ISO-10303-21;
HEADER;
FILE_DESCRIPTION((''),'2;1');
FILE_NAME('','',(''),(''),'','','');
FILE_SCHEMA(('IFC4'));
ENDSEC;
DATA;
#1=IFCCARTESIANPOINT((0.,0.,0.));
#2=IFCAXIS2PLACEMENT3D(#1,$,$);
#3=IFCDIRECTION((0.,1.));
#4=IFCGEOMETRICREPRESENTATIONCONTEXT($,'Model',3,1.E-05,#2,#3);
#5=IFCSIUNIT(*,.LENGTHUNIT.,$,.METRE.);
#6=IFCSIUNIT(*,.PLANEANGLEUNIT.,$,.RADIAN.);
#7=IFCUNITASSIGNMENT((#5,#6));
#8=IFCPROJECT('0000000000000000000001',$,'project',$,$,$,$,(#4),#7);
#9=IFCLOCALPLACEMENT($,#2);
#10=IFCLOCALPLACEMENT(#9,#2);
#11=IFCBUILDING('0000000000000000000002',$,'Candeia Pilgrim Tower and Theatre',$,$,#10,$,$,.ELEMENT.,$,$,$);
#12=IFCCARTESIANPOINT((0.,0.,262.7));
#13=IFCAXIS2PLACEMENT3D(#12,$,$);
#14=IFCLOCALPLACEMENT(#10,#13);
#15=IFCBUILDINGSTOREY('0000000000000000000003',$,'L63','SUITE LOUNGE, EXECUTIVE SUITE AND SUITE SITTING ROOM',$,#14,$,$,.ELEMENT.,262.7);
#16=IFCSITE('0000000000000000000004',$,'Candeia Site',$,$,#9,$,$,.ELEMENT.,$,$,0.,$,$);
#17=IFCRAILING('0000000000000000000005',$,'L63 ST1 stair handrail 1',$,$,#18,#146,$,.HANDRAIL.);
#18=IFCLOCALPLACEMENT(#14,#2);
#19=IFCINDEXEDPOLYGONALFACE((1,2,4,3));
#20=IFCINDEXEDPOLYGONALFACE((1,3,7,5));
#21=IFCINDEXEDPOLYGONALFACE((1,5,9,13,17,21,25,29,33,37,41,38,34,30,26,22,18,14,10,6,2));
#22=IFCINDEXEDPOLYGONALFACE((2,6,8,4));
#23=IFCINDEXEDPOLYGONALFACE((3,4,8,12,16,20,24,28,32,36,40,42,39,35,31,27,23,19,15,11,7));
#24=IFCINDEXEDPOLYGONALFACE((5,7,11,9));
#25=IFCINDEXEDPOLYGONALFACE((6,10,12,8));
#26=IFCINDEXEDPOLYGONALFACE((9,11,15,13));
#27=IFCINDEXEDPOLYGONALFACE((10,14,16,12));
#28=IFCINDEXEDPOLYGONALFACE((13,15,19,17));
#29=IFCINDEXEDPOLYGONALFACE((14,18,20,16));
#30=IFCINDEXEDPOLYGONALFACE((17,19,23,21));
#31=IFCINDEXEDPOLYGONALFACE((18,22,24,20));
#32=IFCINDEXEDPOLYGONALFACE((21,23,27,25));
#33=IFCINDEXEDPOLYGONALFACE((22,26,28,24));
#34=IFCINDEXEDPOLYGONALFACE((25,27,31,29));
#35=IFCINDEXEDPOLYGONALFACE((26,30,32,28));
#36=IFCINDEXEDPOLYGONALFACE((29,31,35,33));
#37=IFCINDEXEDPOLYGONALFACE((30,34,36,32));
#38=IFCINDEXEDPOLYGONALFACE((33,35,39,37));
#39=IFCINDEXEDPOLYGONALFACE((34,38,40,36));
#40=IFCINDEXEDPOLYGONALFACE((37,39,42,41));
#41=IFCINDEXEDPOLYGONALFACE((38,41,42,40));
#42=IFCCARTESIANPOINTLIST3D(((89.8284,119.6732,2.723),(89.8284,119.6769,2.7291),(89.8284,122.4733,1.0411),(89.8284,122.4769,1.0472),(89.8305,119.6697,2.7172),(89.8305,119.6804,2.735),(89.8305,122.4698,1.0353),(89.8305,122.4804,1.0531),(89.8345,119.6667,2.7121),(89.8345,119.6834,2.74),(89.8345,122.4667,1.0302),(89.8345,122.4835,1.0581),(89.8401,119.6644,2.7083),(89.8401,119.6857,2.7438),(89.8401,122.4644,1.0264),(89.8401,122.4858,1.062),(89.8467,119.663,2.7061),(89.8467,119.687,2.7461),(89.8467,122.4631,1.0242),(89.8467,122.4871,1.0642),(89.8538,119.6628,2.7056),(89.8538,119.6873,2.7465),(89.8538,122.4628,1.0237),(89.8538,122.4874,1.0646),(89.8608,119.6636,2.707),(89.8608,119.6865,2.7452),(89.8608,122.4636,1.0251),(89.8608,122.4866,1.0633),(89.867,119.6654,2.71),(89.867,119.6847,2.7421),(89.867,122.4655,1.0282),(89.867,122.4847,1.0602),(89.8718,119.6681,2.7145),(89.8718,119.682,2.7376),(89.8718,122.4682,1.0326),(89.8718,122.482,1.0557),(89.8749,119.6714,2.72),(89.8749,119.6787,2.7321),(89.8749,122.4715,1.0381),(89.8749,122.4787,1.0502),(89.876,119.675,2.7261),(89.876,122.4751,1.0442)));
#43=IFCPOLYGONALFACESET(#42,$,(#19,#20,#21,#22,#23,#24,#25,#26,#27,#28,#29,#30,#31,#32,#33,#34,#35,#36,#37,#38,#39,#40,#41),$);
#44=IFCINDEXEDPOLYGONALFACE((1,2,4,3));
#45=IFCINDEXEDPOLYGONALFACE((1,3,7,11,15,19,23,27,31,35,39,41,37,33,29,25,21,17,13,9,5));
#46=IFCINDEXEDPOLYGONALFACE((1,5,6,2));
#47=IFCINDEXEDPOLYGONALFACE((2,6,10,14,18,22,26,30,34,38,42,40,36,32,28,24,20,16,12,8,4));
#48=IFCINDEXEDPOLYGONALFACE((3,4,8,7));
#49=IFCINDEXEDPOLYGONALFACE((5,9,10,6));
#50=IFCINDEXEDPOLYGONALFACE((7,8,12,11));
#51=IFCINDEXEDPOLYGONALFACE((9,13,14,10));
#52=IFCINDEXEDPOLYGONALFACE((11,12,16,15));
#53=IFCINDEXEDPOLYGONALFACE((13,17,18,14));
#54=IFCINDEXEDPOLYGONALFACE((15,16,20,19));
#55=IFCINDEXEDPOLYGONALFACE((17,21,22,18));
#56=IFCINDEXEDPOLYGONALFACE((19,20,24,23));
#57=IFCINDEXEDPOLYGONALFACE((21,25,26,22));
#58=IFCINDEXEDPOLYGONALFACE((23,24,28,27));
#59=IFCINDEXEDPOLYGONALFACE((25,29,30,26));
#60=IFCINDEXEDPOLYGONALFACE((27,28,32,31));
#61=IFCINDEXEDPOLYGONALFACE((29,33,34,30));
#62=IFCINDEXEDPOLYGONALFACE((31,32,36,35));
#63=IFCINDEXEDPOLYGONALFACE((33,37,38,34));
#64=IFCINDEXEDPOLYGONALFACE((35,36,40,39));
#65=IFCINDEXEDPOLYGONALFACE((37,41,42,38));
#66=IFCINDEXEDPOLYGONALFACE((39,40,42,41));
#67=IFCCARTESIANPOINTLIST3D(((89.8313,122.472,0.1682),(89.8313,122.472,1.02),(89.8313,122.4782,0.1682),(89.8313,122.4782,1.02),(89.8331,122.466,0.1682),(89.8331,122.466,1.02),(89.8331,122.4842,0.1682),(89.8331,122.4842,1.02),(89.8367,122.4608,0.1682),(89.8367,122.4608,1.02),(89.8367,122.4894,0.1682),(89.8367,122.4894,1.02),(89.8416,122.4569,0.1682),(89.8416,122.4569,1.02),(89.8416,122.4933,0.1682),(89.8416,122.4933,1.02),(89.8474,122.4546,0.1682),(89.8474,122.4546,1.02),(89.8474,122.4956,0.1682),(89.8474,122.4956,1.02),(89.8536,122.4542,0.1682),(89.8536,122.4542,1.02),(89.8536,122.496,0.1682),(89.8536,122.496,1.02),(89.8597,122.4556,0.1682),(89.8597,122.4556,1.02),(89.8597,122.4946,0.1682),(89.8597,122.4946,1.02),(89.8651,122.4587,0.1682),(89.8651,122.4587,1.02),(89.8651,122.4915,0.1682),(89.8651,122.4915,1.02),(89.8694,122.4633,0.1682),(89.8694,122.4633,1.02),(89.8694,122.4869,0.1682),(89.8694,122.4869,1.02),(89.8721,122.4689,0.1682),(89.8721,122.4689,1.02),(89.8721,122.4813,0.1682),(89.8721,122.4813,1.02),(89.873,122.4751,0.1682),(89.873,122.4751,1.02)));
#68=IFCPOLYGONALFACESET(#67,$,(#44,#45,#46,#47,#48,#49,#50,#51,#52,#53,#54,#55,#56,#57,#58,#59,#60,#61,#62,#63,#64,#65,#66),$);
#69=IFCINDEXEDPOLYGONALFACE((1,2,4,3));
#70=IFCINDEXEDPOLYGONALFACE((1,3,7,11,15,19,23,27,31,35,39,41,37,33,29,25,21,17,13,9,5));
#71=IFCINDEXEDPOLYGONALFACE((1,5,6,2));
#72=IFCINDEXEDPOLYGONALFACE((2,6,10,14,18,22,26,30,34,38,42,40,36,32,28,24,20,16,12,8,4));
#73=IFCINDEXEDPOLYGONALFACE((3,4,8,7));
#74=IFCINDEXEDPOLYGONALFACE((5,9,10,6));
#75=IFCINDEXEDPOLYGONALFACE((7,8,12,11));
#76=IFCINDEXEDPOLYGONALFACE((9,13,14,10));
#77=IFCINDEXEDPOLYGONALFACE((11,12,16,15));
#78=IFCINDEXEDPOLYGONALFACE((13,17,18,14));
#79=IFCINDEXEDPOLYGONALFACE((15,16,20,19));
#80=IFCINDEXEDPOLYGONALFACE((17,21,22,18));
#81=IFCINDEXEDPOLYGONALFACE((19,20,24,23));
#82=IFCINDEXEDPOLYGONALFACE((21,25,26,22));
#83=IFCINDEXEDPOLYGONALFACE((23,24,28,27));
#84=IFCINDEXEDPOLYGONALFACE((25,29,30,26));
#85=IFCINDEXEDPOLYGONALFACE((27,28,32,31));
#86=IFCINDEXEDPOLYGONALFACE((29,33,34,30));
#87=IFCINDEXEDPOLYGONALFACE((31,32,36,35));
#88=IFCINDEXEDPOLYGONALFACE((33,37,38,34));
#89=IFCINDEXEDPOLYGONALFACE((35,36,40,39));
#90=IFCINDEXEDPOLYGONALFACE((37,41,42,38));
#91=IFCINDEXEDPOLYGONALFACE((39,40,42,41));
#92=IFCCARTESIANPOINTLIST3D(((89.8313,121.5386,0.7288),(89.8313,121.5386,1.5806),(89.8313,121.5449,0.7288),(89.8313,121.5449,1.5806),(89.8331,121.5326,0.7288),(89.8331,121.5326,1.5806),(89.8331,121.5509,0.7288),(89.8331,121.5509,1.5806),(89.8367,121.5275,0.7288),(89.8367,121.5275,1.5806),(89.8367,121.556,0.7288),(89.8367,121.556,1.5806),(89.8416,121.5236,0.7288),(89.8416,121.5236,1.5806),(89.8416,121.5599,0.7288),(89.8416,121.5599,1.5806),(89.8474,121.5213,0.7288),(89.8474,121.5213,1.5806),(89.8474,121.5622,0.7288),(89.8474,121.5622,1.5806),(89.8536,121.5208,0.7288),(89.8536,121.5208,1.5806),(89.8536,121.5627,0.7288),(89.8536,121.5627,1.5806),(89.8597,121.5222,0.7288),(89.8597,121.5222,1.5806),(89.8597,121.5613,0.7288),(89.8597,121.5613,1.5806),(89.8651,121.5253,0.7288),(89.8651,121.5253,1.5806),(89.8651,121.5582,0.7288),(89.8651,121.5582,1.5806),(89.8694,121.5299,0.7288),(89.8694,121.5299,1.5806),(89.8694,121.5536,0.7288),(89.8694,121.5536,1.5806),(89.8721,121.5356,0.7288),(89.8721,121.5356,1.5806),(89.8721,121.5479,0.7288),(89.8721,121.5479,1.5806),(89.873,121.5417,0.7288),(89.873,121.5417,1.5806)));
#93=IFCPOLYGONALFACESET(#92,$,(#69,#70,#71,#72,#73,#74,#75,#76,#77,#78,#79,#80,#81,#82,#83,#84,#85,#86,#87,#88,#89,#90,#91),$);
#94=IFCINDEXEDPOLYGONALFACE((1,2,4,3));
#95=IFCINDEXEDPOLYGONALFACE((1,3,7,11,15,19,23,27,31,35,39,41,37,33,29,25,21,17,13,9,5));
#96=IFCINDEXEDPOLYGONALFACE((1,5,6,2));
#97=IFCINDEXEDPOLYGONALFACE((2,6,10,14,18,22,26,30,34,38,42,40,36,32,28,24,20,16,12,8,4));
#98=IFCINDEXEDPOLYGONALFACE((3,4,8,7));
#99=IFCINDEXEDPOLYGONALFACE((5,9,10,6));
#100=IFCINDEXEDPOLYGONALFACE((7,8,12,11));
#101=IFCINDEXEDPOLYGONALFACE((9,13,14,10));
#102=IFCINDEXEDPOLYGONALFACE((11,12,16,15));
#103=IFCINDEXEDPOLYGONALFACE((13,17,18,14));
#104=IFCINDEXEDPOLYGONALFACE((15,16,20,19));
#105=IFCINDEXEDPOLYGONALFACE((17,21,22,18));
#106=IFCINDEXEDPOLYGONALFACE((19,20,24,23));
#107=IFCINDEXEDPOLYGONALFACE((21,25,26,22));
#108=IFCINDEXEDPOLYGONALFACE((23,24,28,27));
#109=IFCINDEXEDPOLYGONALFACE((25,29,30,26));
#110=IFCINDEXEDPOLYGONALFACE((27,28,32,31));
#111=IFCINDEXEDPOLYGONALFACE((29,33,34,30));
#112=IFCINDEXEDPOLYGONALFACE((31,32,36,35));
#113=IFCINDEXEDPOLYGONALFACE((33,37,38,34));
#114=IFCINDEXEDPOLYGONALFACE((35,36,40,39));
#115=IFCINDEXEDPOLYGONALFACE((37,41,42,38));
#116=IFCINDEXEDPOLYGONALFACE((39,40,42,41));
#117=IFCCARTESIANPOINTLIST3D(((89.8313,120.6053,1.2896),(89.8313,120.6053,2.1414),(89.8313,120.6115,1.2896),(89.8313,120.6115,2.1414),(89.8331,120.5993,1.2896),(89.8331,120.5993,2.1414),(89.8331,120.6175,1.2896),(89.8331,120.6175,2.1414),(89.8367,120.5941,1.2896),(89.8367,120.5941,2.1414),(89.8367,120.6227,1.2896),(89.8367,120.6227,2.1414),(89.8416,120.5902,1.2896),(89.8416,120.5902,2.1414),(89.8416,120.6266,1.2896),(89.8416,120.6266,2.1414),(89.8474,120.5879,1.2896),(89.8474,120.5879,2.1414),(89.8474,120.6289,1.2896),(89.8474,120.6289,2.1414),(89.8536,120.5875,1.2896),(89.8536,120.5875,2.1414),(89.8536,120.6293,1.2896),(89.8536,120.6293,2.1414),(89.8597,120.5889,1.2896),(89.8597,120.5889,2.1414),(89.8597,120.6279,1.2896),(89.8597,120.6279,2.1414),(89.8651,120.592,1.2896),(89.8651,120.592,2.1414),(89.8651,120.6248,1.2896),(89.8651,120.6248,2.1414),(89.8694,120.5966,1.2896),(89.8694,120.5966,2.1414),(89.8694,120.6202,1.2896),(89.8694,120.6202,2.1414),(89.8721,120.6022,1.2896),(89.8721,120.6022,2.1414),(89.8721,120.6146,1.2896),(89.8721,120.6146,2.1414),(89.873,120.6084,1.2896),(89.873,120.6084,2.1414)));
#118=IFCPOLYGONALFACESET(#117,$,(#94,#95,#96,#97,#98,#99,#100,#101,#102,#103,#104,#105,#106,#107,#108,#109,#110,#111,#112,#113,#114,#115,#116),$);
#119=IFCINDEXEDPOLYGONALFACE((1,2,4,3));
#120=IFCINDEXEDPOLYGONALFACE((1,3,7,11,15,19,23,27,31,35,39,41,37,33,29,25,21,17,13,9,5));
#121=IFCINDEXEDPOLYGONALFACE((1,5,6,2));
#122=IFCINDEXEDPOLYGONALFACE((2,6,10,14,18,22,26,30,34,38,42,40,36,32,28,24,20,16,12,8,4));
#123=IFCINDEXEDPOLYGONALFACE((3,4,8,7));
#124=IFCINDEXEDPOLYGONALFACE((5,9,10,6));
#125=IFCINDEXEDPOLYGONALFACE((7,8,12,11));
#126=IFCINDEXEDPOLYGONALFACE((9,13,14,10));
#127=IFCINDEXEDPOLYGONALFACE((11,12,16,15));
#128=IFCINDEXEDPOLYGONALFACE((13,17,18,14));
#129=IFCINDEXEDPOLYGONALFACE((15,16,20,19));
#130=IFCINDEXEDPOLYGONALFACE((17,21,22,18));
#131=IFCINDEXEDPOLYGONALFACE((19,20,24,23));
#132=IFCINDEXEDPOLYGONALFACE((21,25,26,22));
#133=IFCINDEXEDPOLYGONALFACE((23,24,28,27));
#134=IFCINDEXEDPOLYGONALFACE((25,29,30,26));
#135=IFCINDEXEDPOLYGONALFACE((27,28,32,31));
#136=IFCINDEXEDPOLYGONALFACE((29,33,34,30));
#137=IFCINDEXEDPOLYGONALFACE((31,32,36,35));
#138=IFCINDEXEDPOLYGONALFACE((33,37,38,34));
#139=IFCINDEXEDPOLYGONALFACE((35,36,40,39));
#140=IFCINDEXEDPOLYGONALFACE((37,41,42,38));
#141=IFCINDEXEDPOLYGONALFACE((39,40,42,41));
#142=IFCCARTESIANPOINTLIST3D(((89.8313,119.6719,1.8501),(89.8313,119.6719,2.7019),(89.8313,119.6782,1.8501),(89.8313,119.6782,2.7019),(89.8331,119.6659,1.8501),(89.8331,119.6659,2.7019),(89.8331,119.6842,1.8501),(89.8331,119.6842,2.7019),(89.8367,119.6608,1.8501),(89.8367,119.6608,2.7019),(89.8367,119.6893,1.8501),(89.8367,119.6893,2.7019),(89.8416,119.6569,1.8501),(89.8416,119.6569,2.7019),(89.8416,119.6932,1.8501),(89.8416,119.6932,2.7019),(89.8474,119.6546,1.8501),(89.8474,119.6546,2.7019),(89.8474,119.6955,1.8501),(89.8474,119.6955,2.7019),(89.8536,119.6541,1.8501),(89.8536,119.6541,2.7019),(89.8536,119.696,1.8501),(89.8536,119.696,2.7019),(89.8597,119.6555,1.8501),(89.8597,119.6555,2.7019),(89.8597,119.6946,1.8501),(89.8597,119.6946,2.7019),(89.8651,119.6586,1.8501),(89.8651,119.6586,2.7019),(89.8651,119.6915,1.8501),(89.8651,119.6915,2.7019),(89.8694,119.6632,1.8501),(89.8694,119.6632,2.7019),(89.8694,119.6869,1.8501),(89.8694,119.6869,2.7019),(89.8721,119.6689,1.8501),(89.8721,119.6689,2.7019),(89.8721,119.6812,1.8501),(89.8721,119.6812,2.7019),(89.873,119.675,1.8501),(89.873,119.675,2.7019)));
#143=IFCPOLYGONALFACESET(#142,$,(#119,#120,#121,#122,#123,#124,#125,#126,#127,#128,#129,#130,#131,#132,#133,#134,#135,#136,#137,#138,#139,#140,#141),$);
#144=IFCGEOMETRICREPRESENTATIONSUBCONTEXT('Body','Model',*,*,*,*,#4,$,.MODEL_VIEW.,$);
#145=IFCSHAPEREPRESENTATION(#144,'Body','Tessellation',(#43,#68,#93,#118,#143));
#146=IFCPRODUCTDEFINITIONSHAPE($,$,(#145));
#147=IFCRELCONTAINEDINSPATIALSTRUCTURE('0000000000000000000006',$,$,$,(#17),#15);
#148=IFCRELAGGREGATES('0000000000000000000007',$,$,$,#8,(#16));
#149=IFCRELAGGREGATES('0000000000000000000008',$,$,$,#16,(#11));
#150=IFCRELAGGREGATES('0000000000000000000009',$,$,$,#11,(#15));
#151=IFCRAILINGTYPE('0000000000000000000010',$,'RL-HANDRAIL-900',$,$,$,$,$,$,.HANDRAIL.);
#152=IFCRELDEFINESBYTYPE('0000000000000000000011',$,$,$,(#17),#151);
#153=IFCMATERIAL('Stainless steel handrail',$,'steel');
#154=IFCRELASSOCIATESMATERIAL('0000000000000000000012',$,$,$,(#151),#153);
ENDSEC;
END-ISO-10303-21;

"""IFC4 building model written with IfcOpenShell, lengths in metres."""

from ifc_helpers import new_model, si_unit, direction, frame, origin, origin_2d, place, context, subcontext, project, spatial, circle, extrude, material, type_object, element, save


model = new_model("IFC4")

# Units and contexts
model_context = context("Model", 3, precision=1e-05, world=origin(), true_north=direction((0.0, 1.0)))
body_context = subcontext(model_context, "Body", "Model", "MODEL_VIEW")
ifc_project = project(units=[si_unit("LENGTHUNIT", "METRE"), si_unit("PLANEANGLEUNIT", "RADIAN")], contexts=[model_context])

# Site, building, storey
site_placement = place(None, origin())
site = spatial("IfcSite", under=ifc_project, at=site_placement, Name="Candeia Site", CompositionType="ELEMENT", RefElevation=0.0)
building_placement = place(site_placement, origin())
building = spatial("IfcBuilding", under=site, at=building_placement, Name="Candeia Pilgrim Tower and Theatre", CompositionType="ELEMENT")
storey_placement = place(building_placement, frame((0.0, 0.0, 262.7)))
storey = spatial("IfcBuildingStorey", under=building, at=storey_placement, Name="L63", Description="SUITE LOUNGE, EXECUTIVE SUITE AND SUITE SITTING ROOM", CompositionType="ELEMENT", Elevation=262.7)

# Railing
ifc_material_1 = material(Name="Stainless steel handrail", Category="steel")
railing_type_1 = type_object("IfcRailingType", Name="RL-HANDRAIL-900", PredefinedType="HANDRAIL", material=ifc_material_1)
railing_1_placement = place(storey_placement, frame((89.8521, 122.4751, 0.1682)))
element("IfcRailing", 1, at=railing_1_placement, inside=storey, type_object=railing_type_1, Name="L63 ST1 stair handrail 1", PredefinedType="HANDRAIL", context=body_context, shape_type="SweptSolid", body=[
    extrude(circle(Radius=0.0239, at=origin_2d()), frame((0.0, 0.0, 0.876), z_axis=(0.0, -0.857242, 0.514913), x_axis=(1.0, 0.0, 0.0)), (0.0, 0.0, 1.0), 3.2664),
    extrude(circle(Radius=0.021, at=origin_2d()), origin(), (0.0, 0.0, 1.0), 0.8518),
    extrude(circle(Radius=0.021, at=origin_2d()), frame((0.0, -0.9333, 0.5605)), (0.0, 0.0, 1.0), 0.8518),
    extrude(circle(Radius=0.021, at=origin_2d()), frame((0.0, -1.8667, 1.1213)), (0.0, 0.0, 1.0), 0.8518),
    extrude(circle(Radius=0.021, at=origin_2d()), frame((0.0, -2.8, 1.6819)), (0.0, 0.0, 1.0), 0.8518),
])

save(model, "model.ifc")
